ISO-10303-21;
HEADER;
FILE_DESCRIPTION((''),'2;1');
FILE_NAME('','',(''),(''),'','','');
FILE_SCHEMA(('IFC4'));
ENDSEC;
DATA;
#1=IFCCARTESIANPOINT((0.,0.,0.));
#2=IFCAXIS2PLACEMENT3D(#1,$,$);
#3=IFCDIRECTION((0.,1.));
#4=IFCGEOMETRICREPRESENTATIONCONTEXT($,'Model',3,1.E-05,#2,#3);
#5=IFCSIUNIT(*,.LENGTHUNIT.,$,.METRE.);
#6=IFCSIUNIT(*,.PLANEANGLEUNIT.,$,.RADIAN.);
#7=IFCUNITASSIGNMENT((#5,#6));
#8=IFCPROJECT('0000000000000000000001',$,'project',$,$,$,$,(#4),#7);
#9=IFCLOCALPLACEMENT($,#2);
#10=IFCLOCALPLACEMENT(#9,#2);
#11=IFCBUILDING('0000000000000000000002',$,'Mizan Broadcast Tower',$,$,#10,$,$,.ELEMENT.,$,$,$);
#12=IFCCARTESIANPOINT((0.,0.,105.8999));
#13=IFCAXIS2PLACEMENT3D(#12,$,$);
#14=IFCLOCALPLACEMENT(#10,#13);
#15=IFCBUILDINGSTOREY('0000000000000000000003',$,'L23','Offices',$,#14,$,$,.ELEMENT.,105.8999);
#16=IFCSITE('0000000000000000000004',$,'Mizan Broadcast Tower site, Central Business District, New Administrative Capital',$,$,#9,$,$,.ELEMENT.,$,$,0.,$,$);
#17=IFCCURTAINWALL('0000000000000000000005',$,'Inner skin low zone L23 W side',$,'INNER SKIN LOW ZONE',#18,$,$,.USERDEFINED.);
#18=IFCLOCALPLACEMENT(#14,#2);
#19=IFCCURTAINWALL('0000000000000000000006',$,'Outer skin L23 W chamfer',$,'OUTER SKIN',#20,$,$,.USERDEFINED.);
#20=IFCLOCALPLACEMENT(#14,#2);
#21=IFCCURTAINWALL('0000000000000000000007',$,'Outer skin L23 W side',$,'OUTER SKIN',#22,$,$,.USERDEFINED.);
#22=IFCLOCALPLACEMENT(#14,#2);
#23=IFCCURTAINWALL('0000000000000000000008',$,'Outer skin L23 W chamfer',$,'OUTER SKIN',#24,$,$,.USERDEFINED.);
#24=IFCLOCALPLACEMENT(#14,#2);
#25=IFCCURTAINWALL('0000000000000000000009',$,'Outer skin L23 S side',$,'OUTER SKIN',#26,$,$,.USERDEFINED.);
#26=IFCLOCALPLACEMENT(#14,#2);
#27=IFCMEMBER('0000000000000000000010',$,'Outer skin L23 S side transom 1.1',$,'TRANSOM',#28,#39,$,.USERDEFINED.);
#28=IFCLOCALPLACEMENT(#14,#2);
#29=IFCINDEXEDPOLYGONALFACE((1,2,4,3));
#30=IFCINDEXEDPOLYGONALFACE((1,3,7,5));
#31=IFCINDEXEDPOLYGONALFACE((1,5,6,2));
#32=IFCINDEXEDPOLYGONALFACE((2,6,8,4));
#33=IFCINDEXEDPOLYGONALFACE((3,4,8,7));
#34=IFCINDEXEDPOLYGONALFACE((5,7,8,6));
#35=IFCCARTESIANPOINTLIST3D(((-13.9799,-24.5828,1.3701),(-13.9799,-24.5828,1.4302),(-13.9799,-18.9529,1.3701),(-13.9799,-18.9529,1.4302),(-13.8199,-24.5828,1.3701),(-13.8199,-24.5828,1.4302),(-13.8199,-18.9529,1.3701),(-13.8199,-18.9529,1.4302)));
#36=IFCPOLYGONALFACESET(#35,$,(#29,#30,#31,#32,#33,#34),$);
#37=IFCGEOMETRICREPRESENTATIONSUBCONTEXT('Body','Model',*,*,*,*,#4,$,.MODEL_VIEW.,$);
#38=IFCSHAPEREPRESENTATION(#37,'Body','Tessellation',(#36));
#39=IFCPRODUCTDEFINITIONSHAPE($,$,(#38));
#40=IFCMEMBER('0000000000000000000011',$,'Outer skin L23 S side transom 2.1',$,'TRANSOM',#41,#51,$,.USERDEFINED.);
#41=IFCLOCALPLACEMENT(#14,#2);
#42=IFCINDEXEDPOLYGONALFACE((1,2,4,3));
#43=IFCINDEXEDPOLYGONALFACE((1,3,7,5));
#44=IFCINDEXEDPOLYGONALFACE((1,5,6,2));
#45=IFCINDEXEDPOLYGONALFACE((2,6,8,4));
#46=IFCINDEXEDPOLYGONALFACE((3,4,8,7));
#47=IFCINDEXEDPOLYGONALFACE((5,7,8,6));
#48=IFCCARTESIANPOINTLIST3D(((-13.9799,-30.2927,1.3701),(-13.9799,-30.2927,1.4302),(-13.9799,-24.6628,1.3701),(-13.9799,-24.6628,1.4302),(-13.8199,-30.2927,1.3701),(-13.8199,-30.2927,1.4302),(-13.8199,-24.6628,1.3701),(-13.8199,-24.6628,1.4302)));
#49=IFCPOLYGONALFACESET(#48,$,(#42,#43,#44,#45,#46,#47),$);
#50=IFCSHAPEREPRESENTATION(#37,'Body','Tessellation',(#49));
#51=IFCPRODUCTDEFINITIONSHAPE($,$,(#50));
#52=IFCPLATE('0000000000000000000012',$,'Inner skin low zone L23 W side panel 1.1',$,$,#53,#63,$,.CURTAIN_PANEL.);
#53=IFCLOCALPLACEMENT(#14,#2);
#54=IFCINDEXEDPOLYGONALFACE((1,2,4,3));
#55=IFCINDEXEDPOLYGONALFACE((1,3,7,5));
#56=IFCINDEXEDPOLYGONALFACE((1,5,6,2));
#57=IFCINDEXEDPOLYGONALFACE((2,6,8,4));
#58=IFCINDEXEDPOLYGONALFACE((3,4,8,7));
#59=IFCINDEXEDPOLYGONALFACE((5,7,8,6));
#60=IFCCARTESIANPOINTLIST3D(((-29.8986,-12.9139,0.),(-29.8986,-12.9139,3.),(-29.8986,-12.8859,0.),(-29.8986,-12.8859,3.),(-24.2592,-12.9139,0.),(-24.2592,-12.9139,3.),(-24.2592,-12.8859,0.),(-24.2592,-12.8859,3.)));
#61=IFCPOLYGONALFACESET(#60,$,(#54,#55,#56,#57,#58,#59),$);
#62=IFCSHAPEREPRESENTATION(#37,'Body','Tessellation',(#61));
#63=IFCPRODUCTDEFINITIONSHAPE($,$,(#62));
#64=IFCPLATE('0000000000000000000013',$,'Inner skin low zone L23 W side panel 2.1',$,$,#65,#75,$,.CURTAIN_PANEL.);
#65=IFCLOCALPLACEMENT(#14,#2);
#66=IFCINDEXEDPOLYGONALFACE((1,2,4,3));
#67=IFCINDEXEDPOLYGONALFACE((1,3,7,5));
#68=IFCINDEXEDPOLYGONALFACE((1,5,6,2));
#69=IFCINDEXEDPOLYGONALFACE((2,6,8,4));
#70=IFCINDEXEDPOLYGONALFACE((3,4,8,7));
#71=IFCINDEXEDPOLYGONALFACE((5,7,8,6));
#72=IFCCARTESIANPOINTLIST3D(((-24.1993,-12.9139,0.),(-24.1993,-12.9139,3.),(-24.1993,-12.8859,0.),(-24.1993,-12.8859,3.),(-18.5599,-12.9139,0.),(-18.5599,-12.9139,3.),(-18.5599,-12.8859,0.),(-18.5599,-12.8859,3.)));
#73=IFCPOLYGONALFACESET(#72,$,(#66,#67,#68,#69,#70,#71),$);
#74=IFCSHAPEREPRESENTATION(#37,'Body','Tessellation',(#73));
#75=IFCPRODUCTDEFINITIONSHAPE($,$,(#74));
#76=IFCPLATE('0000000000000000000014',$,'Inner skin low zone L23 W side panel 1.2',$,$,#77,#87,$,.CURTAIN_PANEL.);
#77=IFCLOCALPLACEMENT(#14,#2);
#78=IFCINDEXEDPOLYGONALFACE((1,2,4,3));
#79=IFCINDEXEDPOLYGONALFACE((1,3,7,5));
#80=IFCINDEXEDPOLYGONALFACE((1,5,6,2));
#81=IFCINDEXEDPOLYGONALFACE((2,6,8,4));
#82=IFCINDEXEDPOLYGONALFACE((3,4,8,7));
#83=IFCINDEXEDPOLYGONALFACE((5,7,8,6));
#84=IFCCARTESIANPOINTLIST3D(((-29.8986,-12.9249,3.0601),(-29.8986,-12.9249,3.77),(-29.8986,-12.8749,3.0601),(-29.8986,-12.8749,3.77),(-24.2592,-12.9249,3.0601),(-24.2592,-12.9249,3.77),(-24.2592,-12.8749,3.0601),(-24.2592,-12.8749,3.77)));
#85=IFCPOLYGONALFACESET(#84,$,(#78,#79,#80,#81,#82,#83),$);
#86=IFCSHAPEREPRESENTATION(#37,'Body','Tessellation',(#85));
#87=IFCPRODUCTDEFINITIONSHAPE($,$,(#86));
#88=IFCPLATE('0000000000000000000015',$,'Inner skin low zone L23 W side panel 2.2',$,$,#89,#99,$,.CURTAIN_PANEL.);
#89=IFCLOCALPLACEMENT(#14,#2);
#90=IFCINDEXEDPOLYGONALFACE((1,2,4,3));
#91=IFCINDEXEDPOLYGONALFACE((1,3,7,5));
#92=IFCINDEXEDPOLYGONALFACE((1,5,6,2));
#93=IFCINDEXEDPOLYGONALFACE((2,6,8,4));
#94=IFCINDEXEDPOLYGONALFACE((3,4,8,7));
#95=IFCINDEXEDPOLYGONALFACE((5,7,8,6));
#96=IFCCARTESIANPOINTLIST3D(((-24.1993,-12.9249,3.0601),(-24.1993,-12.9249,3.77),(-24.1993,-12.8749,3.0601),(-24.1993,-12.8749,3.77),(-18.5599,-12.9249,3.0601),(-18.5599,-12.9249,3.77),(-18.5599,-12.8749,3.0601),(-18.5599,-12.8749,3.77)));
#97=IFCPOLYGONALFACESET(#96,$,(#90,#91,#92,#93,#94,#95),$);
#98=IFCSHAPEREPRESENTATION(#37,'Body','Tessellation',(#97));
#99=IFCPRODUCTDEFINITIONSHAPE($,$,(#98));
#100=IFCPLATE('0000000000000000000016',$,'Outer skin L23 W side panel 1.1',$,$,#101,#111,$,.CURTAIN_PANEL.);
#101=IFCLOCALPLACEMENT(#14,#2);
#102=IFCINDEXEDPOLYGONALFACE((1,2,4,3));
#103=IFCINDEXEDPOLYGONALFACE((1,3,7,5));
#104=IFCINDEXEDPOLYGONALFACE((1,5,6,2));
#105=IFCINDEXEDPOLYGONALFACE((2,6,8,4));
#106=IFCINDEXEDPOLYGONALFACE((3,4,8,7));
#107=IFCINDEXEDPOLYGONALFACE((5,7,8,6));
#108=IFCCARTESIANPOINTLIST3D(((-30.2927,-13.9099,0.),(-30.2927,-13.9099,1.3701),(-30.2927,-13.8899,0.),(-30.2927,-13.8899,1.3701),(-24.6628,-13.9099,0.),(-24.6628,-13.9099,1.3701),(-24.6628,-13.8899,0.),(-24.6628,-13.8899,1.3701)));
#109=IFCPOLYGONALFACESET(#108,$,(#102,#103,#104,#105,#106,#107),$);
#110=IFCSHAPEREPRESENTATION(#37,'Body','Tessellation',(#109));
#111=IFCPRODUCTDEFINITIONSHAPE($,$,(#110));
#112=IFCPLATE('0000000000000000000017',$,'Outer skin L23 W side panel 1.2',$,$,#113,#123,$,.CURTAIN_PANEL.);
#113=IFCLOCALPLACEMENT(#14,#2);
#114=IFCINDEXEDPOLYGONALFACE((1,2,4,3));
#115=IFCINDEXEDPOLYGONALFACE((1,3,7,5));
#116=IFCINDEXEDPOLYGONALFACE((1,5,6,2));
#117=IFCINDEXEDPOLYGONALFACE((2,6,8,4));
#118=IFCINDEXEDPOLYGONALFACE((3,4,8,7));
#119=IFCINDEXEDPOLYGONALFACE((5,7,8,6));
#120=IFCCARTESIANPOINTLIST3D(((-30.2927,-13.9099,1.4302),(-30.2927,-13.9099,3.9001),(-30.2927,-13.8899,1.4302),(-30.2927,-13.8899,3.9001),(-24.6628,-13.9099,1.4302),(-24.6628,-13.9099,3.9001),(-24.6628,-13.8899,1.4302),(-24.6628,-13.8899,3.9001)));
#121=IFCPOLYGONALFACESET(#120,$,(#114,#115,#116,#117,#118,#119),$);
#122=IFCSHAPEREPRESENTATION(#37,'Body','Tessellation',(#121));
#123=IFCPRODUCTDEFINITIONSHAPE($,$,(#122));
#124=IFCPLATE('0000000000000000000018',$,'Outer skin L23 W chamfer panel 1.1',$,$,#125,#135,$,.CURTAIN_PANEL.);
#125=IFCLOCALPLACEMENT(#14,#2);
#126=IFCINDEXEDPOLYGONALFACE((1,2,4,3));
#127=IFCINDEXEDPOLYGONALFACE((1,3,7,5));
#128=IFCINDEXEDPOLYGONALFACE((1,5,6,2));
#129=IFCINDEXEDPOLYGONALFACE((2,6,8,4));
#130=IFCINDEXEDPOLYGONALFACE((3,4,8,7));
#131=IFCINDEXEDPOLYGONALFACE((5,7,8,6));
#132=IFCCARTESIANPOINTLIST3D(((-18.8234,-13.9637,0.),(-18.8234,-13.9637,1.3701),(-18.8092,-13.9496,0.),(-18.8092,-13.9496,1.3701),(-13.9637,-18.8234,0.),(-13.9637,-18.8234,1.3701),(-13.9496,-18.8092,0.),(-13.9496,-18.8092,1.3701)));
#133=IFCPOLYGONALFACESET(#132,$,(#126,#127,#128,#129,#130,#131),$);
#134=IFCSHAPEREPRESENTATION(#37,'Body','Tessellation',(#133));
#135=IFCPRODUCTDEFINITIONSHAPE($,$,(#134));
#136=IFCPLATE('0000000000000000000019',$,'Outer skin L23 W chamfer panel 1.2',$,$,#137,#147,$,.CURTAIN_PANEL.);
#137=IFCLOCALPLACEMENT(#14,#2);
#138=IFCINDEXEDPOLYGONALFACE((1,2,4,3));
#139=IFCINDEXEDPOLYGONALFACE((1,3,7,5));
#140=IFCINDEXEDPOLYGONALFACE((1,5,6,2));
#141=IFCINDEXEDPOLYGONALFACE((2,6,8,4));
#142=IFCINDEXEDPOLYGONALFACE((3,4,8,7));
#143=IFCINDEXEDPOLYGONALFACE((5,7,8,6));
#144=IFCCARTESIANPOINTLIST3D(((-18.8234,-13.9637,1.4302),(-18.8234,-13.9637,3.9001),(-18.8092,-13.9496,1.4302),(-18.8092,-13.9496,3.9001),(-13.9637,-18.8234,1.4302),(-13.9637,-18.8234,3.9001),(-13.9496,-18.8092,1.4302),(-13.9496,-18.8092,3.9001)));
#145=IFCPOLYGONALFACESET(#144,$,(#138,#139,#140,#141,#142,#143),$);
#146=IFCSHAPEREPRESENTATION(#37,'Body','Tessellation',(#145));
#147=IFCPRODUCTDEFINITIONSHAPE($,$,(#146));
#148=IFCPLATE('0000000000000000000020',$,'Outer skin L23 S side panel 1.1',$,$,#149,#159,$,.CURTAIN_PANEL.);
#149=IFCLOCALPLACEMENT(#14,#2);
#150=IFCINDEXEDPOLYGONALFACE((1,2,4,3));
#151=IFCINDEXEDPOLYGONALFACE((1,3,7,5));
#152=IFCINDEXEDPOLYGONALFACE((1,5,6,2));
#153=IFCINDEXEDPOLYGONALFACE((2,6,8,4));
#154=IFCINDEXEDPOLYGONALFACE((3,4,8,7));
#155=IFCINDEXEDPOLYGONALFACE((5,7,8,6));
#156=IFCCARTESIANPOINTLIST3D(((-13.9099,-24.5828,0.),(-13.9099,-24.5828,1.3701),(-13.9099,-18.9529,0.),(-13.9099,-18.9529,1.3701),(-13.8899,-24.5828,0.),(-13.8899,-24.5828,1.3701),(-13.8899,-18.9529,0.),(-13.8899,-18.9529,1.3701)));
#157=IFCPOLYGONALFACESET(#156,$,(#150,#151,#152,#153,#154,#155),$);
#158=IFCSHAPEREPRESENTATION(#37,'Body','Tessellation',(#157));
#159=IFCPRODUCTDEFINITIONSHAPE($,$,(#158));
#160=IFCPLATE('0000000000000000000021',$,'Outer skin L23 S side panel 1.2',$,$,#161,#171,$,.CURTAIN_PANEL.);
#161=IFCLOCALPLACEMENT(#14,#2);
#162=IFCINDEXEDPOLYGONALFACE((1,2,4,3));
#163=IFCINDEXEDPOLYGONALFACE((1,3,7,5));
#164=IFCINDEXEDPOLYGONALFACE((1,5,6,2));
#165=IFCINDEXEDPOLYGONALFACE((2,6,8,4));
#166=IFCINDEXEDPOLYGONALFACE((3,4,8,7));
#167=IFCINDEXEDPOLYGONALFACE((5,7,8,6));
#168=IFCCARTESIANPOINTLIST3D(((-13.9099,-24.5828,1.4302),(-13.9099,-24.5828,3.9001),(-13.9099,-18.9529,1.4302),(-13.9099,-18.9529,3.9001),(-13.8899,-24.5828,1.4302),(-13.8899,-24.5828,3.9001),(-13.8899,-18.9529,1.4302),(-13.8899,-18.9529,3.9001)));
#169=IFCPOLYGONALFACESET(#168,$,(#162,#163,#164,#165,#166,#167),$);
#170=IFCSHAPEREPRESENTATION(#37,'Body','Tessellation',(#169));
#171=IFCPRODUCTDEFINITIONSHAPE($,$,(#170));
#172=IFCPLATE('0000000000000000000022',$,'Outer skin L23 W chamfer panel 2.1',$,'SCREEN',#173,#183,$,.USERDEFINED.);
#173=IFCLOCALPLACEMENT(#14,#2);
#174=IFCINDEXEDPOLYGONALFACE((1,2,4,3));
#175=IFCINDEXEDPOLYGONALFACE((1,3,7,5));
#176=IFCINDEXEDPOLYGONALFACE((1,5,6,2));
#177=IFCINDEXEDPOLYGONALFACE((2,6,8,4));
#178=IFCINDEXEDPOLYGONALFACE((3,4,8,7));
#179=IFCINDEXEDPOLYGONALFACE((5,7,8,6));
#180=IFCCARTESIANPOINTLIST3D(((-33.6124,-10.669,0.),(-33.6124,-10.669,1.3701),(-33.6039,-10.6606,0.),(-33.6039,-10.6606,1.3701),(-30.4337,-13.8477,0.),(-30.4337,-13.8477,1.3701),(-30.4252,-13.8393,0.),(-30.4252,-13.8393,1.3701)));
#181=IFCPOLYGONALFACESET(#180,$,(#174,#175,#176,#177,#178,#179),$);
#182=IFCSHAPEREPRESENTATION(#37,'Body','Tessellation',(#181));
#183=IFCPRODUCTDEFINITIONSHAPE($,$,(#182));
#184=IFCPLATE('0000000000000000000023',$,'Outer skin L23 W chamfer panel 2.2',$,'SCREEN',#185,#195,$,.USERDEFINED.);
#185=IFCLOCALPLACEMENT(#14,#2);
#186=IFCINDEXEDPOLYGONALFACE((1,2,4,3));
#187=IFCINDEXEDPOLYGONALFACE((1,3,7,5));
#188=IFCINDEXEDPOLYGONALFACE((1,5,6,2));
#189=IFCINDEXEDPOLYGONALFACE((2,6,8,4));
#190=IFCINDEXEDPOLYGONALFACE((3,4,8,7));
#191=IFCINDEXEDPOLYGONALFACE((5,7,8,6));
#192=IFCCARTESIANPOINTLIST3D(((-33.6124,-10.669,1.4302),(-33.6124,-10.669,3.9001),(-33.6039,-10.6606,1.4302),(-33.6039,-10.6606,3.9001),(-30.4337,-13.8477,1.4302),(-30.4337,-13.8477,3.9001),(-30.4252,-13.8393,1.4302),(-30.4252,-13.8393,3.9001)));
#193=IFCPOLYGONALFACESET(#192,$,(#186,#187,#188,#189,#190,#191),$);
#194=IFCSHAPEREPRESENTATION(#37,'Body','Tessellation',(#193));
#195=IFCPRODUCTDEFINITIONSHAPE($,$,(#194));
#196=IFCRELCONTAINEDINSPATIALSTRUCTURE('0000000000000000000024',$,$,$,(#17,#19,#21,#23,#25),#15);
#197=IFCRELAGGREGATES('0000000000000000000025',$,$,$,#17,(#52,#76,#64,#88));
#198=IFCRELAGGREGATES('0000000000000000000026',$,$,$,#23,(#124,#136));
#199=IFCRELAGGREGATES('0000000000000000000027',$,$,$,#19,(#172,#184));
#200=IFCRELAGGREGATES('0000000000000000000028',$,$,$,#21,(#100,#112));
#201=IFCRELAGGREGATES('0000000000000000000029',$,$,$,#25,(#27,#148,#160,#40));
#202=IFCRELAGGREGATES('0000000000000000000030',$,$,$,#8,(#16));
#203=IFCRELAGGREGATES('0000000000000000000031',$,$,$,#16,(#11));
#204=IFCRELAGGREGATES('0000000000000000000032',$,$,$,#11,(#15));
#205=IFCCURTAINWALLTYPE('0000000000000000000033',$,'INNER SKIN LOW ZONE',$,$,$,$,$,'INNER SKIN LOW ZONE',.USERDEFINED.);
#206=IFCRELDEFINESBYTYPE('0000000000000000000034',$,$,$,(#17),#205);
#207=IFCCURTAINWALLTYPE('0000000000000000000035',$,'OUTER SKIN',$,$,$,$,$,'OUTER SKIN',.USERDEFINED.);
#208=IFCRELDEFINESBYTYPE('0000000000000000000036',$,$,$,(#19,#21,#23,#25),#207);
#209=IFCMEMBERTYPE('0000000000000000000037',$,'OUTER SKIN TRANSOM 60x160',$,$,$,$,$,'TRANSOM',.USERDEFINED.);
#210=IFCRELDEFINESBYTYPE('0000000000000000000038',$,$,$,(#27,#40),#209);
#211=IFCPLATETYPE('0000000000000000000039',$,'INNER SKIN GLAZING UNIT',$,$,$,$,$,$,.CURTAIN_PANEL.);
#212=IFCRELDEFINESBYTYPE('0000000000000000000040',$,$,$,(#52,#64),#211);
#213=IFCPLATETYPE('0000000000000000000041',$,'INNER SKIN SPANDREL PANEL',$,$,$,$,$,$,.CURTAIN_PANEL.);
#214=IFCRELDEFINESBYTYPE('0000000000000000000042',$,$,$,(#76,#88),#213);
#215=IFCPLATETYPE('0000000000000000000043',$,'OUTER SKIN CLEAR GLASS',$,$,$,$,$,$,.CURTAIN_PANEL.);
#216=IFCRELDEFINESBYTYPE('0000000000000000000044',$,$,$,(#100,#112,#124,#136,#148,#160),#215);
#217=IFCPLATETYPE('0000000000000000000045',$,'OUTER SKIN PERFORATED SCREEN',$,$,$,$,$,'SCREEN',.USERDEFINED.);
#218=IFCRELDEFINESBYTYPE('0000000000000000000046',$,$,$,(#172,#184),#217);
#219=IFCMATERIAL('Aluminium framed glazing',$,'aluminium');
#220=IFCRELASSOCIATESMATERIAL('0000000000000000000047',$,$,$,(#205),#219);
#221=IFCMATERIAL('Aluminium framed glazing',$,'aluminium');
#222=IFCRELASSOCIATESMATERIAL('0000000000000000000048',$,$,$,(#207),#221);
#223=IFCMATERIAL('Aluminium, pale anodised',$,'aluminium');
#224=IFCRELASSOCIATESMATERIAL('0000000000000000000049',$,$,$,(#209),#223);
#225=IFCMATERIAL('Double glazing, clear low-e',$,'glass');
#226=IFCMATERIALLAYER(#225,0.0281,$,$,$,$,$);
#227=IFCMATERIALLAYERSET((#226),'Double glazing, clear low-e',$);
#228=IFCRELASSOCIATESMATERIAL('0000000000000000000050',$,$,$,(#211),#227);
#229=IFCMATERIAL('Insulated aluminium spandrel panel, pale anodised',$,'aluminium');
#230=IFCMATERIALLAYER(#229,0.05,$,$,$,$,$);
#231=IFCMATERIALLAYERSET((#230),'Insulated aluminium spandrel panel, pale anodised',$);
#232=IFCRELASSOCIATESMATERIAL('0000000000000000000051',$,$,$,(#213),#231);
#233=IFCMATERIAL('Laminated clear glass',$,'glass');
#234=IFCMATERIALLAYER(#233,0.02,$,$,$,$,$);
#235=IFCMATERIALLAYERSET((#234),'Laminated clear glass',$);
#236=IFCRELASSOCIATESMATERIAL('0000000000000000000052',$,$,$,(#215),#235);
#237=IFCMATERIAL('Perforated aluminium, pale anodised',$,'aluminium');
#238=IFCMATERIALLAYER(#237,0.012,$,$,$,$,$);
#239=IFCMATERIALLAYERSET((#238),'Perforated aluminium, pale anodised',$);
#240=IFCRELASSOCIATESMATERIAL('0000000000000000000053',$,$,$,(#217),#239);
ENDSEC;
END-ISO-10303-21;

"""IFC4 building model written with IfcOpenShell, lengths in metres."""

from ifc_helpers import new_model, si_unit, direction, frame, origin, origin_2d, place, context, subcontext, project, spatial, rectangle, extrude, material, layer, layer_set, material_profile, profile_set, type_object, element, aggregate, save


model = new_model("IFC4")

# Units and contexts
model_context = context("Model", 3, precision=1e-05, world=origin(), true_north=direction((0.0, 1.0)))
body_context = subcontext(model_context, "Body", "Model", "MODEL_VIEW")
ifc_project = project(units=[si_unit("LENGTHUNIT", "METRE"), si_unit("PLANEANGLEUNIT", "RADIAN")], contexts=[model_context])

# Site, building, storey
site_placement = place(None, origin())
site = spatial("IfcSite", under=ifc_project, at=site_placement, Name="Mizan Broadcast Tower site, Central Business District, New Administrative Capital", CompositionType="ELEMENT", RefElevation=0.0)
building_placement = place(site_placement, origin())
building = spatial("IfcBuilding", under=site, at=building_placement, Name="Mizan Broadcast Tower", CompositionType="ELEMENT")
storey_placement = place(building_placement, frame((0.0, 0.0, 105.8999)))
storey = spatial("IfcBuildingStorey", under=building, at=storey_placement, Name="L23", Description="Offices", CompositionType="ELEMENT", Elevation=105.8999)

# Shared definitions
ifc_material_1 = material(Name="Aluminium framed glazing", Category="aluminium")
curtain_wall_type_1 = type_object("IfcCurtainWallType", Name="INNER SKIN LOW ZONE", ElementType="INNER SKIN LOW ZONE", PredefinedType="USERDEFINED", material=ifc_material_1)

# Curtain wall
curtain_wall_1_placement = place(storey_placement, origin())
curtain_wall_1 = element("IfcCurtainWall", 1, at=curtain_wall_1_placement, inside=storey, type_object=curtain_wall_type_1, Name="Inner skin low zone L23 W side", ObjectType="INNER SKIN LOW ZONE", PredefinedType="USERDEFINED")

# Curtain wall
ifc_material_2 = material(Name="Aluminium framed glazing", Category="aluminium")
curtain_wall_type_2 = type_object("IfcCurtainWallType", Name="OUTER SKIN", ElementType="OUTER SKIN", PredefinedType="USERDEFINED", material=ifc_material_2)
curtain_wall_2_placement = place(storey_placement, origin())
curtain_wall_2 = element("IfcCurtainWall", 2, at=curtain_wall_2_placement, inside=storey, type_object=curtain_wall_type_2, Name="Outer skin L23 W chamfer", ObjectType="OUTER SKIN", PredefinedType="USERDEFINED")

# Curtain wall
curtain_wall_3_placement = place(storey_placement, origin())
curtain_wall_3 = element("IfcCurtainWall", 3, at=curtain_wall_3_placement, inside=storey, type_object=curtain_wall_type_2, Name="Outer skin L23 W side", ObjectType="OUTER SKIN", PredefinedType="USERDEFINED")

# Curtain wall
curtain_wall_4_placement = place(storey_placement, origin())
curtain_wall_4 = element("IfcCurtainWall", 4, at=curtain_wall_4_placement, inside=storey, type_object=curtain_wall_type_2, Name="Outer skin L23 W chamfer", ObjectType="OUTER SKIN", PredefinedType="USERDEFINED")

# Curtain wall
curtain_wall_5_placement = place(storey_placement, origin())
curtain_wall_5 = element("IfcCurtainWall", 5, at=curtain_wall_5_placement, inside=storey, type_object=curtain_wall_type_2, Name="Outer skin L23 S side", ObjectType="OUTER SKIN", PredefinedType="USERDEFINED")

# Members
ifc_material_3 = material(Name="Aluminium, pale anodised", Category="aluminium")
ifc_material_profile_1 = material_profile(ifc_material_3, rectangle(XDim=0.1599, YDim=0.0601, at=origin_2d()), Name="TRANSOM 160x60")
ifc_profile_set_1 = profile_set([ifc_material_profile_1], Name="Aluminium, pale anodised")
member_type_1 = type_object("IfcMemberType", Name="OUTER SKIN TRANSOM 60x160", ElementType="TRANSOM", PredefinedType="USERDEFINED", material=ifc_profile_set_1)
member_1_placement = place(storey_placement, frame((-13.8999, -18.9529, 1.4001), z_axis=(0.0, -1.0, 0.0), x_axis=(1.0, 0.0, 0.0)))
member_1 = element("IfcMember", 6, at=member_1_placement, type_object=member_type_1, Name="Outer skin L23 S side transom 1.1", ObjectType="TRANSOM", PredefinedType="USERDEFINED", context=body_context, shape_type="SweptSolid", body=[
    extrude(rectangle(XDim=0.1599, YDim=0.0601, at=origin_2d()), origin(), (0.0, 0.0, 1.0), 5.6299),
])
member_2_placement = place(storey_placement, frame((-13.8999, -24.6628, 1.4001), z_axis=(0.0, -1.0, 0.0), x_axis=(1.0, 0.0, 0.0)))
member_2 = element("IfcMember", 7, at=member_2_placement, type_object=member_type_1, Name="Outer skin L23 S side transom 2.1", ObjectType="TRANSOM", PredefinedType="USERDEFINED", context=body_context, shape_type="SweptSolid", body=[
    extrude(rectangle(XDim=0.1599, YDim=0.0601, at=origin_2d()), origin(), (0.0, 0.0, 1.0), 5.6299),
])

# Plates
ifc_material_4 = material(Name="Double glazing, clear low-e", Category="glass")
ifc_layer_1 = layer(ifc_material_4, 0.0281)
ifc_layer_set_1 = layer_set([ifc_layer_1], Name="Double glazing, clear low-e")
plate_type_1 = type_object("IfcPlateType", Name="INNER SKIN GLAZING UNIT", PredefinedType="CURTAIN_PANEL", material=ifc_layer_set_1)
plate_1_placement = place(storey_placement, frame((-27.0789, -12.8999, 0.0), z_axis=(0.0, 0.0, 1.0), x_axis=(1.0, 0.0, 0.0)))
plate_1 = element("IfcPlate", 8, at=plate_1_placement, type_object=plate_type_1, Name="Inner skin low zone L23 W side panel 1.1", PredefinedType="CURTAIN_PANEL", context=body_context, shape_type="SweptSolid", body=[
    extrude(rectangle(XDim=5.6394, YDim=0.0281, at=origin_2d()), origin(), (0.0, 0.0, 1.0), 3.0),
])
plate_2_placement = place(storey_placement, frame((-21.3796, -12.8999, 0.0), z_axis=(0.0, 0.0, 1.0), x_axis=(1.0, 0.0, 0.0)))
plate_2 = element("IfcPlate", 9, at=plate_2_placement, type_object=plate_type_1, Name="Inner skin low zone L23 W side panel 2.1", PredefinedType="CURTAIN_PANEL", context=body_context, shape_type="SweptSolid", body=[
    extrude(rectangle(XDim=5.6394, YDim=0.0281, at=origin_2d()), origin(), (0.0, 0.0, 1.0), 3.0),
])
ifc_material_5 = material(Name="Insulated aluminium spandrel panel, pale anodised", Category="aluminium")
ifc_layer_2 = layer(ifc_material_5, 0.05)
ifc_layer_set_2 = layer_set([ifc_layer_2], Name="Insulated aluminium spandrel panel, pale anodised")
plate_type_2 = type_object("IfcPlateType", Name="INNER SKIN SPANDREL PANEL", PredefinedType="CURTAIN_PANEL", material=ifc_layer_set_2)
plate_3_placement = place(storey_placement, frame((-27.0789, -12.8999, 3.0601), z_axis=(0.0, 0.0, 1.0), x_axis=(1.0, 0.0, 0.0)))
plate_3 = element("IfcPlate", 10, at=plate_3_placement, type_object=plate_type_2, Name="Inner skin low zone L23 W side panel 1.2", PredefinedType="CURTAIN_PANEL", context=body_context, shape_type="SweptSolid", body=[
    extrude(rectangle(XDim=5.6394, YDim=0.05, at=origin_2d()), origin(), (0.0, 0.0, 1.0), 0.71),
])
plate_4_placement = place(storey_placement, frame((-21.3796, -12.8999, 3.0601), z_axis=(0.0, 0.0, 1.0), x_axis=(1.0, 0.0, 0.0)))
plate_4 = element("IfcPlate", 11, at=plate_4_placement, type_object=plate_type_2, Name="Inner skin low zone L23 W side panel 2.2", PredefinedType="CURTAIN_PANEL", context=body_context, shape_type="SweptSolid", body=[
    extrude(rectangle(XDim=5.6394, YDim=0.05, at=origin_2d()), origin(), (0.0, 0.0, 1.0), 0.71),
])
aggregate(curtain_wall_1, [plate_1, plate_3, plate_2, plate_4])
ifc_material_6 = material(Name="Laminated clear glass", Category="glass")
ifc_layer_3 = layer(ifc_material_6, 0.02)
ifc_layer_set_3 = layer_set([ifc_layer_3], Name="Laminated clear glass")
plate_type_3 = type_object("IfcPlateType", Name="OUTER SKIN CLEAR GLASS", PredefinedType="CURTAIN_PANEL", material=ifc_layer_set_3)
plate_5_placement = place(storey_placement, frame((-27.4778, -13.8999, 0.0), z_axis=(0.0, 0.0, 1.0), x_axis=(1.0, 0.0, 0.0)))
plate_5 = element("IfcPlate", 12, at=plate_5_placement, type_object=plate_type_3, Name="Outer skin L23 W side panel 1.1", PredefinedType="CURTAIN_PANEL", context=body_context, shape_type="SweptSolid", body=[
    extrude(rectangle(XDim=5.6299, YDim=0.02, at=origin_2d()), origin(), (0.0, 0.0, 1.0), 1.3701),
])
plate_6_placement = place(storey_placement, frame((-27.4778, -13.8999, 1.4302), z_axis=(0.0, 0.0, 1.0), x_axis=(1.0, 0.0, 0.0)))
plate_6 = element("IfcPlate", 13, at=plate_6_placement, type_object=plate_type_3, Name="Outer skin L23 W side panel 1.2", PredefinedType="CURTAIN_PANEL", context=body_context, shape_type="SweptSolid", body=[
    extrude(rectangle(XDim=5.6299, YDim=0.02, at=origin_2d()), origin(), (0.0, 0.0, 1.0), 2.47),
])
plate_7_placement = place(storey_placement, frame((-16.3865, -16.3865, 0.0), z_axis=(0.0, 0.0, 1.0), x_axis=(0.707107, -0.707107, 0.0)))
plate_7 = element("IfcPlate", 14, at=plate_7_placement, type_object=plate_type_3, Name="Outer skin L23 W chamfer panel 1.1", PredefinedType="CURTAIN_PANEL", context=body_context, shape_type="SweptSolid", body=[
    extrude(rectangle(XDim=6.8726, YDim=0.02, at=origin_2d()), origin(), (0.0, 0.0, 1.0), 1.3701),
])
plate_8_placement = place(storey_placement, frame((-16.3865, -16.3865, 1.4302), z_axis=(0.0, 0.0, 1.0), x_axis=(0.707107, -0.707107, 0.0)))
plate_8 = element("IfcPlate", 15, at=plate_8_placement, type_object=plate_type_3, Name="Outer skin L23 W chamfer panel 1.2", PredefinedType="CURTAIN_PANEL", context=body_context, shape_type="SweptSolid", body=[
    extrude(rectangle(XDim=6.8726, YDim=0.02, at=origin_2d()), origin(), (0.0, 0.0, 1.0), 2.47),
])
aggregate(curtain_wall_4, [plate_7, plate_8])
plate_9_placement = place(storey_placement, frame((-13.8999, -21.7678, 0.0), z_axis=(0.0, 0.0, 1.0), x_axis=(0.0, -1.0, 0.0)))
plate_9 = element("IfcPlate", 16, at=plate_9_placement, type_object=plate_type_3, Name="Outer skin L23 S side panel 1.1", PredefinedType="CURTAIN_PANEL", context=body_context, shape_type="SweptSolid", body=[
    extrude(rectangle(XDim=5.6299, YDim=0.02, at=origin_2d()), origin(), (0.0, 0.0, 1.0), 1.3701),
])
plate_10_placement = place(storey_placement, frame((-13.8999, -21.7678, 1.4302), z_axis=(0.0, 0.0, 1.0), x_axis=(0.0, -1.0, 0.0)))
plate_10 = element("IfcPlate", 17, at=plate_10_placement, type_object=plate_type_3, Name="Outer skin L23 S side panel 1.2", PredefinedType="CURTAIN_PANEL", context=body_context, shape_type="SweptSolid", body=[
    extrude(rectangle(XDim=5.6299, YDim=0.02, at=origin_2d()), origin(), (0.0, 0.0, 1.0), 2.47),
])
ifc_material_7 = material(Name="Perforated aluminium, pale anodised", Category="aluminium")
ifc_layer_4 = layer(ifc_material_7, 0.012)
ifc_layer_set_4 = layer_set([ifc_layer_4], Name="Perforated aluminium, pale anodised")
plate_type_4 = type_object("IfcPlateType", Name="OUTER SKIN PERFORATED SCREEN", ElementType="SCREEN", PredefinedType="USERDEFINED", material=ifc_layer_set_4)
plate_11_placement = place(storey_placement, frame((-32.0188, -12.2542, 0.0), z_axis=(0.0, 0.0, 1.0), x_axis=(0.707107, -0.707107, 0.0)))
plate_11 = element("IfcPlate", 18, at=plate_11_placement, type_object=plate_type_4, Name="Outer skin L23 W chamfer panel 2.1", ObjectType="SCREEN", PredefinedType="USERDEFINED", context=body_context, shape_type="SweptSolid", body=[
    extrude(rectangle(XDim=4.4954, YDim=0.012, at=origin_2d()), origin(), (0.0, 0.0, 1.0), 1.3701),
])
plate_12_placement = place(storey_placement, frame((-32.0188, -12.2542, 1.4302), z_axis=(0.0, 0.0, 1.0), x_axis=(0.707107, -0.707107, 0.0)))
plate_12 = element("IfcPlate", 19, at=plate_12_placement, type_object=plate_type_4, Name="Outer skin L23 W chamfer panel 2.2", ObjectType="SCREEN", PredefinedType="USERDEFINED", context=body_context, shape_type="SweptSolid", body=[
    extrude(rectangle(XDim=4.4954, YDim=0.012, at=origin_2d()), origin(), (0.0, 0.0, 1.0), 2.47),
])
aggregate(curtain_wall_2, [plate_11, plate_12])
aggregate(curtain_wall_3, [plate_5, plate_6])
aggregate(curtain_wall_5, [member_1, plate_9, plate_10, member_2])

save(model, "model.ifc")
